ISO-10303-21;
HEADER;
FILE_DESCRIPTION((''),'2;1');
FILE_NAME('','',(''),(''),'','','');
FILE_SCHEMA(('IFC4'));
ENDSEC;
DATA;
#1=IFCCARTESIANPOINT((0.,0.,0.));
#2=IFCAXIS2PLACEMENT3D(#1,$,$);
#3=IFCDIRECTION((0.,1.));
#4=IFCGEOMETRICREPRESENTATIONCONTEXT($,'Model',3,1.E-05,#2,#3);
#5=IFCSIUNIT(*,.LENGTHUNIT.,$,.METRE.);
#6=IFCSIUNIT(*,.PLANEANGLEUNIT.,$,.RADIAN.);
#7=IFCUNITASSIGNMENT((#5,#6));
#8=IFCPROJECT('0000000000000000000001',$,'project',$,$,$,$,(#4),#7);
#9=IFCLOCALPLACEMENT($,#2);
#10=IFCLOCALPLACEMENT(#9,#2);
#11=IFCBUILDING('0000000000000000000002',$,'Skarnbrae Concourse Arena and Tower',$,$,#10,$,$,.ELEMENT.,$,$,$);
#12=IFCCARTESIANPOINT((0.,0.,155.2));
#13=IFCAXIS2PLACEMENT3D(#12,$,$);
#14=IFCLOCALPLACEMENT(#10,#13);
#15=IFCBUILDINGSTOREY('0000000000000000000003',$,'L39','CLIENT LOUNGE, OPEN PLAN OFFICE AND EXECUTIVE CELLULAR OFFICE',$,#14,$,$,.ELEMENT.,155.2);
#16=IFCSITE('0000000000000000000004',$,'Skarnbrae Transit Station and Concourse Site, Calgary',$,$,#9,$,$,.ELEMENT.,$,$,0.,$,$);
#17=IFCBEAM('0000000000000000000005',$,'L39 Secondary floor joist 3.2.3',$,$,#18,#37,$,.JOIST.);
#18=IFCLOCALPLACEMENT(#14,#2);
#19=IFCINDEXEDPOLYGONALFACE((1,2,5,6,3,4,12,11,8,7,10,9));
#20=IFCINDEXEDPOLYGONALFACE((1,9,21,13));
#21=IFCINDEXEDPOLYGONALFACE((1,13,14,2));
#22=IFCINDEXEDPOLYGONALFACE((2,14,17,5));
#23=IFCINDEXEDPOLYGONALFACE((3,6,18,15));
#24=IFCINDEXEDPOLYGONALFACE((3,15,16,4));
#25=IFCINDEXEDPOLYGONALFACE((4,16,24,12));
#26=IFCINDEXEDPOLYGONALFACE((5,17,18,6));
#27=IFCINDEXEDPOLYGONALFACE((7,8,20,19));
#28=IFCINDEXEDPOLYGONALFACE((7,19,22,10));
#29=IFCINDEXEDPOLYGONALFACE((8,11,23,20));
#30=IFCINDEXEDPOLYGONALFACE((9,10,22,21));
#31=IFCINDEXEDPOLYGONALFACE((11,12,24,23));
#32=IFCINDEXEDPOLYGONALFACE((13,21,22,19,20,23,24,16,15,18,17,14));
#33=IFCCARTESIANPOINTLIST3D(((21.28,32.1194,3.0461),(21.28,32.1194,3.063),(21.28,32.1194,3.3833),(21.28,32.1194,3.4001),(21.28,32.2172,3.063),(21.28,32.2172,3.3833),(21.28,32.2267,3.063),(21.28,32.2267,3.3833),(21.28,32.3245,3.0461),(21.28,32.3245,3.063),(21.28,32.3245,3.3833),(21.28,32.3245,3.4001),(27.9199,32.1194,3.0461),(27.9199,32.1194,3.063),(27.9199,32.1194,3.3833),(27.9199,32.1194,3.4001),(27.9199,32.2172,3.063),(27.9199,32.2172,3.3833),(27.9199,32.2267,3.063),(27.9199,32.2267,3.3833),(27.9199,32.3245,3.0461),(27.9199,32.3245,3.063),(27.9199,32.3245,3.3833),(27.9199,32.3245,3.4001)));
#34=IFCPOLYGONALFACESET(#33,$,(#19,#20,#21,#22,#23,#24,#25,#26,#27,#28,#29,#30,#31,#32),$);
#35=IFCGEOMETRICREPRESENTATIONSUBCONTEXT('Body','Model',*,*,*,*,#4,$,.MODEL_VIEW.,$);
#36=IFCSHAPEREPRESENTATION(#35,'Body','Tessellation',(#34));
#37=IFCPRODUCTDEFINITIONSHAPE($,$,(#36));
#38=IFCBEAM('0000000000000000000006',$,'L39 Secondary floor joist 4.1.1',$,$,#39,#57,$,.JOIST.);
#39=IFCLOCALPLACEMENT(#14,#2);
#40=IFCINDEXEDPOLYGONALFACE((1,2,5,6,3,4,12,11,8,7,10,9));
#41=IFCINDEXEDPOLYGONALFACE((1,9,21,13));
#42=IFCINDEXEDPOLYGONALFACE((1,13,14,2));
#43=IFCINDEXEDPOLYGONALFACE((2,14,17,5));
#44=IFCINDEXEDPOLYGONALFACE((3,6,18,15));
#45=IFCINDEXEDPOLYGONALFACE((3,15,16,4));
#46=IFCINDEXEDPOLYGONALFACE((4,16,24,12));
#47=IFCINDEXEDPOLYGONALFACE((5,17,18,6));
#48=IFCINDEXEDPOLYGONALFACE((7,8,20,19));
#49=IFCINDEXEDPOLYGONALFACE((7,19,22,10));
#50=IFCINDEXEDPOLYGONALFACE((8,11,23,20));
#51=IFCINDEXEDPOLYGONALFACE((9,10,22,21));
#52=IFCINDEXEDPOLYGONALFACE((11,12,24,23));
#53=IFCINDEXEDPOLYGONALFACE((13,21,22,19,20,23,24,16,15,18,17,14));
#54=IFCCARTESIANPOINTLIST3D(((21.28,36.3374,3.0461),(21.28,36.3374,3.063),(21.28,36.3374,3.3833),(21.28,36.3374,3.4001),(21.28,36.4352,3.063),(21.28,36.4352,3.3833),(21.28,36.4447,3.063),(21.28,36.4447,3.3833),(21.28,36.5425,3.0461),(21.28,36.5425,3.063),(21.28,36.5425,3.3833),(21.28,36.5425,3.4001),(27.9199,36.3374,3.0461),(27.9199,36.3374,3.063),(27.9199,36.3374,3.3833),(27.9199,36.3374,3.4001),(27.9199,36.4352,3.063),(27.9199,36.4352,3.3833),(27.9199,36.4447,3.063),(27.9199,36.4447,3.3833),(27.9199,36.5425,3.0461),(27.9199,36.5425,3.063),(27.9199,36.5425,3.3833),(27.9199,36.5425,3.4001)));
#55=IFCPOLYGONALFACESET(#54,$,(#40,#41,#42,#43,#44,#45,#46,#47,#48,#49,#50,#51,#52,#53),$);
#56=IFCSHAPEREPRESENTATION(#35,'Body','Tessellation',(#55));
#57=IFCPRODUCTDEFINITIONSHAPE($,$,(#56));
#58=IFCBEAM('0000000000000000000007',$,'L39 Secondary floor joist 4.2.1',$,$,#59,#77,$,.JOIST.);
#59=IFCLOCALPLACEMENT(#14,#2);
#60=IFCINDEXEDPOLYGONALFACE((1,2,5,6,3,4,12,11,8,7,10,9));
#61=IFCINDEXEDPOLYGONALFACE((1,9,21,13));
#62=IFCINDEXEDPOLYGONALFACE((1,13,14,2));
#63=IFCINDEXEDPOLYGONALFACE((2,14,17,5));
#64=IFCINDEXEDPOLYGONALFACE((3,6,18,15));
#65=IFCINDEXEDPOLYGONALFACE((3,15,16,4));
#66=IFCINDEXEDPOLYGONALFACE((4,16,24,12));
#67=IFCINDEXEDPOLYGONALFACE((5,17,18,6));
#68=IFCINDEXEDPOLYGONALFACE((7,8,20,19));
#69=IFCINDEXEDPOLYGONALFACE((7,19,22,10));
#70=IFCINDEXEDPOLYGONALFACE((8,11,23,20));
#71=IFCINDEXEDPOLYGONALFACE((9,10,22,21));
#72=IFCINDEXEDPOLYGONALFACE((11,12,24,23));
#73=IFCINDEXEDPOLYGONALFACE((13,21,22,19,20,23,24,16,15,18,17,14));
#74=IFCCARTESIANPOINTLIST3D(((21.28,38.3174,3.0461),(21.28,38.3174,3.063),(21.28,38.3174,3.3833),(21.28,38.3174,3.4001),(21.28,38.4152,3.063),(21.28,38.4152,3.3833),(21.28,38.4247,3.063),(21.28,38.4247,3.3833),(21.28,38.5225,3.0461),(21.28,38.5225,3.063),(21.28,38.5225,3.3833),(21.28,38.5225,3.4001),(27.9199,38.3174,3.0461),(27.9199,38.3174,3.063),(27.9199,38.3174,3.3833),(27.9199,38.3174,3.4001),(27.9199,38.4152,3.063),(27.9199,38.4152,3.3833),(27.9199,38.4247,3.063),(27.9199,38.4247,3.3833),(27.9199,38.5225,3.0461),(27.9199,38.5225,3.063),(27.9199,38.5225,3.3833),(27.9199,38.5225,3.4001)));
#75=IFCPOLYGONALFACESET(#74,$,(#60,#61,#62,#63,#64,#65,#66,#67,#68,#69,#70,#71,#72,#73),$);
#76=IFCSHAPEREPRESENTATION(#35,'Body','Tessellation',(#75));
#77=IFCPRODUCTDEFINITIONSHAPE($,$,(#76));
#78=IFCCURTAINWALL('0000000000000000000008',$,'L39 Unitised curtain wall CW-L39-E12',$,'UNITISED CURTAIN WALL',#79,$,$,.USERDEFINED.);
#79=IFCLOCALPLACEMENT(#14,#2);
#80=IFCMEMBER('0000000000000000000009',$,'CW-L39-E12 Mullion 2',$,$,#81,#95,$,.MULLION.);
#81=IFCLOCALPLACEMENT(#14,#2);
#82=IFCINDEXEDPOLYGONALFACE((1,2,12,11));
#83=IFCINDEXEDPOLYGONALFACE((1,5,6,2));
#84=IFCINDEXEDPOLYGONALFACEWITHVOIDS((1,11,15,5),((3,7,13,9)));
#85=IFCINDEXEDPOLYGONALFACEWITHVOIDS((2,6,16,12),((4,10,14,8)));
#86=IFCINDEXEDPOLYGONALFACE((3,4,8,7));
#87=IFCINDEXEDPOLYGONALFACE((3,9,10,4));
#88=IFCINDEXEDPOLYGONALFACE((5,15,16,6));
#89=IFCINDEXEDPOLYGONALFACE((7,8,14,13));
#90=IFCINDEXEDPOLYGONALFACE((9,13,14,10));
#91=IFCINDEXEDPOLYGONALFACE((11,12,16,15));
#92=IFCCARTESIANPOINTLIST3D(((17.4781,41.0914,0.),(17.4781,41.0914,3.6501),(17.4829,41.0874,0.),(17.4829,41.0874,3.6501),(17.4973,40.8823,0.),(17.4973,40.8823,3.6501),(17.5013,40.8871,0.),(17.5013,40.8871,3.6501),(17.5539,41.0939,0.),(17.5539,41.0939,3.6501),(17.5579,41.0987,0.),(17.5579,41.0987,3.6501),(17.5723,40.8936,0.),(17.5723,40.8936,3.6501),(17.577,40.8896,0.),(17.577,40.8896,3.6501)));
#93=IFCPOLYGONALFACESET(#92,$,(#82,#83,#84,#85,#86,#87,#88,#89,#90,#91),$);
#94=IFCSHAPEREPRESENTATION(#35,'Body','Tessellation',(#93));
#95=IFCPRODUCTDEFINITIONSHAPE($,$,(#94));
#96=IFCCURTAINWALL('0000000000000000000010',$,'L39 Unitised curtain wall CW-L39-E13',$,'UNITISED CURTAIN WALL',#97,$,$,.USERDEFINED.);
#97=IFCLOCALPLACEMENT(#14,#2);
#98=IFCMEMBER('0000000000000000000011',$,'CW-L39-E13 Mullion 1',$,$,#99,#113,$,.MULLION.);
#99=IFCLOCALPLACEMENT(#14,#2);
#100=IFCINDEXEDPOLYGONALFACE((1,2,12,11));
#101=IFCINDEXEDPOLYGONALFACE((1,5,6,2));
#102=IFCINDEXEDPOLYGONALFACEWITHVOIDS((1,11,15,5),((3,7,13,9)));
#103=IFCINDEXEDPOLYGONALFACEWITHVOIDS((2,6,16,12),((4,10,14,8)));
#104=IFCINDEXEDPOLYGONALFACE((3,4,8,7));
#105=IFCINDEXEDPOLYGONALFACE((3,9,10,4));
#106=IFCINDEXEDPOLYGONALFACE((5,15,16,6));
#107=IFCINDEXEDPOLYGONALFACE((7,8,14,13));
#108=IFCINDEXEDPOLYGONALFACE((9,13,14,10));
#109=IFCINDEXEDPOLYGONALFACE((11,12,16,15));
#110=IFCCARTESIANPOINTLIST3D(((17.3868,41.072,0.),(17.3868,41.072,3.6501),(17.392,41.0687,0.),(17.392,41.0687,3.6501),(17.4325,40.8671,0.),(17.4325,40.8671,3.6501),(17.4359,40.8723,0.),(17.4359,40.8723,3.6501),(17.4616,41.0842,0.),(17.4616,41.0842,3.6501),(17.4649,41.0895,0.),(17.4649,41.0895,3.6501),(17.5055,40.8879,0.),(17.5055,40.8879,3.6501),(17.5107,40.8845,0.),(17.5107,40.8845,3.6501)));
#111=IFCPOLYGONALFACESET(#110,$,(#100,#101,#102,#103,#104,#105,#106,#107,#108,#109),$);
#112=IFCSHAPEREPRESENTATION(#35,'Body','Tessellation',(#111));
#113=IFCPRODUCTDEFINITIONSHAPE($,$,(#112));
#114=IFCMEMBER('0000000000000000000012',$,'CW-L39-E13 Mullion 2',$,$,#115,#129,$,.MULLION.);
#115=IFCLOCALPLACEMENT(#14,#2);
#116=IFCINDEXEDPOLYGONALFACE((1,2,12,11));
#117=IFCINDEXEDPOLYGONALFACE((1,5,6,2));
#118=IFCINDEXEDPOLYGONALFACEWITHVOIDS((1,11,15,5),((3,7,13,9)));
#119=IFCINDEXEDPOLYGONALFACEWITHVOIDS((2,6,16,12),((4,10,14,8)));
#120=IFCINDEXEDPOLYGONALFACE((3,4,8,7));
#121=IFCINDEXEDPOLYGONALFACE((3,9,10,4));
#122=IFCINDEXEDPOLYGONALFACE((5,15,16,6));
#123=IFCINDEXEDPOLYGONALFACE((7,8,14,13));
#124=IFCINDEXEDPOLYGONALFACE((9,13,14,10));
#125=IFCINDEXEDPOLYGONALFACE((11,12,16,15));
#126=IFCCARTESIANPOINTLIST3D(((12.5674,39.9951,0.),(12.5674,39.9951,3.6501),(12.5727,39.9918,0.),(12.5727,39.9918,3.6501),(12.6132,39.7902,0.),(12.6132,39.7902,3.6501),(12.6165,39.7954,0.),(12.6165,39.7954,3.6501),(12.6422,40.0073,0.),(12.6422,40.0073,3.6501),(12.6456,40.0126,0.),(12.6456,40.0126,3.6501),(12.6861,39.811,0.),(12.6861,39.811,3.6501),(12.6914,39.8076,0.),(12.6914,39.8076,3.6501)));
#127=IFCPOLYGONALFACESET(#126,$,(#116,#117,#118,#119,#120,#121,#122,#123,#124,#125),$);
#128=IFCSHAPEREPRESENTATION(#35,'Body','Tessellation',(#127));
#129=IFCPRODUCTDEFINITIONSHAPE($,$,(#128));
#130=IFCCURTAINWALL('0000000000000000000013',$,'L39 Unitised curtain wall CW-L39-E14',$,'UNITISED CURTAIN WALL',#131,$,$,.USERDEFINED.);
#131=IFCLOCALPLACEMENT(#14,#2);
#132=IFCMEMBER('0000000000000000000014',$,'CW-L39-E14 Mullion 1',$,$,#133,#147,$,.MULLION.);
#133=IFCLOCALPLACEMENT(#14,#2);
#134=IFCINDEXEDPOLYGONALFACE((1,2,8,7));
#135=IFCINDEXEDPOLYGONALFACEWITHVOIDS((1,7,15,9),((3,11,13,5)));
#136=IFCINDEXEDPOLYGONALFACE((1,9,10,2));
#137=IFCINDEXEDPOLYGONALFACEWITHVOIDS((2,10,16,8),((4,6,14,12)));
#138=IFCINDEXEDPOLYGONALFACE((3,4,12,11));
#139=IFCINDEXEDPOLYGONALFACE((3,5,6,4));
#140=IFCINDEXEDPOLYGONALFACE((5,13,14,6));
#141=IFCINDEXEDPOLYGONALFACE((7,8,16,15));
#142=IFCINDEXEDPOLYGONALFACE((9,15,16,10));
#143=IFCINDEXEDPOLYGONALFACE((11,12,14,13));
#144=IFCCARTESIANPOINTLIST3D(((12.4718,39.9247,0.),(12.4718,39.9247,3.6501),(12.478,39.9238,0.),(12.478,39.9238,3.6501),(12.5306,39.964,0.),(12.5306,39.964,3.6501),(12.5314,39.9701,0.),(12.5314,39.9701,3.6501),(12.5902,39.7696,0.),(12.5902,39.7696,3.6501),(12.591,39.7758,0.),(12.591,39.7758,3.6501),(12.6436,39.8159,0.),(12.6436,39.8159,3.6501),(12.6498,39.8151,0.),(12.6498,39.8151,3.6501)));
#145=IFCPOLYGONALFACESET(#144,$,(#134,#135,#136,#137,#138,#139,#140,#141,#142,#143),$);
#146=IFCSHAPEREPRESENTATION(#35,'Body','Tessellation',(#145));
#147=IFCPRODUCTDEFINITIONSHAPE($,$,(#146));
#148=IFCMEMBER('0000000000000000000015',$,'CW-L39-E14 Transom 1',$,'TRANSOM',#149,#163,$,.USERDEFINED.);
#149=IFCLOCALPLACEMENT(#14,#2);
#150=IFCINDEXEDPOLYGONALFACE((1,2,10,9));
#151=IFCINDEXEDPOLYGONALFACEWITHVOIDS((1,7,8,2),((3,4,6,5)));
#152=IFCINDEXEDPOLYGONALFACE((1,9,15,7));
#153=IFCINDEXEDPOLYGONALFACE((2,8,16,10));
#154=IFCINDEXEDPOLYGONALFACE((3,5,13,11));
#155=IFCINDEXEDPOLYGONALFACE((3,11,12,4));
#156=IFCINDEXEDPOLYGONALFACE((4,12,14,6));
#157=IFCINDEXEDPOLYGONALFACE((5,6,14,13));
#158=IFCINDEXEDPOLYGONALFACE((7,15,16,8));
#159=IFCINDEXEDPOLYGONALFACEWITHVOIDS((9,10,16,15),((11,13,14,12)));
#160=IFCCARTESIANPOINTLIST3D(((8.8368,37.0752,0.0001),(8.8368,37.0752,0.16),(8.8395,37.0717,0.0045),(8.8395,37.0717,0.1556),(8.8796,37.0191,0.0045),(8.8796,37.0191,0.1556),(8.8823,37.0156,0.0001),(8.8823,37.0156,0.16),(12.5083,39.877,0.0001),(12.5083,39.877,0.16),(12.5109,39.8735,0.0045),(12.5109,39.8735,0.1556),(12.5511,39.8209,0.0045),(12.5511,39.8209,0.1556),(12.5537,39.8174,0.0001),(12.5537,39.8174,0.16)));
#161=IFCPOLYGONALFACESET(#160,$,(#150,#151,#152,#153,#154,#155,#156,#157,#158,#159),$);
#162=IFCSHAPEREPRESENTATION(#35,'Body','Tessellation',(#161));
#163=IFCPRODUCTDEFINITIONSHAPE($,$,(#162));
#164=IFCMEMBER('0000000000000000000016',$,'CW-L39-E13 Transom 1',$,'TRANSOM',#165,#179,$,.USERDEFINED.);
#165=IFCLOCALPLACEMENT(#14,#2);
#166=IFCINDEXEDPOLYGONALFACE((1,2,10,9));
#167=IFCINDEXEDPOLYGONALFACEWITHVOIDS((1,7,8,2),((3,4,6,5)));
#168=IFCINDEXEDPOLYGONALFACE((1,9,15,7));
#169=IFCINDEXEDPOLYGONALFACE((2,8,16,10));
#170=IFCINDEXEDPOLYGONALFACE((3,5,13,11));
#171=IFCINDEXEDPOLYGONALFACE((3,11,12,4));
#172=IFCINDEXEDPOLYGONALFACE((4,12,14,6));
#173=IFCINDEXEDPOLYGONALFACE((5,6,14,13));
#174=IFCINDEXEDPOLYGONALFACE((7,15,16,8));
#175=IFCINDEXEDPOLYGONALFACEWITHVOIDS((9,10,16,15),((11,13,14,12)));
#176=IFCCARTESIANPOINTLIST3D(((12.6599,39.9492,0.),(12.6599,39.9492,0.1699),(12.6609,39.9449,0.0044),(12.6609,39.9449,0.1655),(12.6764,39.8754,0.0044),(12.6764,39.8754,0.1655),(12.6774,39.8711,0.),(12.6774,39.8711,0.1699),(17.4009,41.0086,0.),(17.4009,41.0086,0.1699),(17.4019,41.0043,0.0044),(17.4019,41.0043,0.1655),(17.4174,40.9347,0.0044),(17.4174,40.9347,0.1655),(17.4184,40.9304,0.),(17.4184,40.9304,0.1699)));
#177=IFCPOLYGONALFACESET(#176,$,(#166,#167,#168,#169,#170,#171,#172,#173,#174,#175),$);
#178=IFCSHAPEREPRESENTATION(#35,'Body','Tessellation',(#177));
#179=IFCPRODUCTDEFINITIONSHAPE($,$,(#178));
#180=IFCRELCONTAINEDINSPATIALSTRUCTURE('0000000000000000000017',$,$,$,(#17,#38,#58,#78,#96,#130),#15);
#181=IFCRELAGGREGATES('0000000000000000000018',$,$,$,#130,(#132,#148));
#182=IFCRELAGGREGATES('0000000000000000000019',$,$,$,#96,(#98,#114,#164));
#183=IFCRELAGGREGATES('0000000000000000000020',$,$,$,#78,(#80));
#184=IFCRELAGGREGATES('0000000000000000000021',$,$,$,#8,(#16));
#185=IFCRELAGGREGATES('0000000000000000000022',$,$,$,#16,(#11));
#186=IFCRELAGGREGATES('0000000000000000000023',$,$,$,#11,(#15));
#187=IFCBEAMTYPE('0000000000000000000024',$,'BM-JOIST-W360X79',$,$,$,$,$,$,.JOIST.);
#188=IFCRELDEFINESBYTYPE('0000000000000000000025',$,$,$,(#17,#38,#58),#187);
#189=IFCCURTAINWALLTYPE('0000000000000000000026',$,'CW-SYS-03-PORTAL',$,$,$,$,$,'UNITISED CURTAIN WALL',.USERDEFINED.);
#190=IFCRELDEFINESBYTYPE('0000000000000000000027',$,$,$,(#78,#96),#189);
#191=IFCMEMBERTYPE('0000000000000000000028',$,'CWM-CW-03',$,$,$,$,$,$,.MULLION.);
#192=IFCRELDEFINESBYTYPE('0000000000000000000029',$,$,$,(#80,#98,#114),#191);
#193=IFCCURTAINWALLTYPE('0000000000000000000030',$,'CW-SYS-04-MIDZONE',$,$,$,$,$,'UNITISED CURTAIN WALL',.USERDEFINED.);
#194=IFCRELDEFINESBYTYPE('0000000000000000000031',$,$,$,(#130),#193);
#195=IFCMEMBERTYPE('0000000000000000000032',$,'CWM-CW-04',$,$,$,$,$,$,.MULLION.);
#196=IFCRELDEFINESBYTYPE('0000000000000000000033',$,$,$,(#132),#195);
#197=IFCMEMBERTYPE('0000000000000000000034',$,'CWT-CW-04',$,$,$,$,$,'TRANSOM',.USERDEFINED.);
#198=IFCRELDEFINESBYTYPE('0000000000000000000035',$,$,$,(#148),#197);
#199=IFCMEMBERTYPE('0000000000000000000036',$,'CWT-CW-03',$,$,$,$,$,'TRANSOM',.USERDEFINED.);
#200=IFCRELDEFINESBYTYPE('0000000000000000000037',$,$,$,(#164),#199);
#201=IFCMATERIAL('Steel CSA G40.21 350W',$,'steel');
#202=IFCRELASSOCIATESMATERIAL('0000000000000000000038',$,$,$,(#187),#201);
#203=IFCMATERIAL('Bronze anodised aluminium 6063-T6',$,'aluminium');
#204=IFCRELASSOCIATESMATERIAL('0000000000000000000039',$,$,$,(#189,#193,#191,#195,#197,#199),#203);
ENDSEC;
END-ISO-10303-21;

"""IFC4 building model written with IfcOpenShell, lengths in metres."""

from ifc_helpers import new_model, si_unit, direction, frame, origin, origin_2d, place, context, subcontext, project, spatial, hollow_rectangle, i_section, extrude, source, transform, mapped, material, material_profile, profile_set, type_object, element, aggregate, save


model = new_model("IFC4")

# Units and contexts
model_context = context("Model", 3, precision=1e-05, world=origin(), true_north=direction((0.0, 1.0)))
body_context = subcontext(model_context, "Body", "Model", "MODEL_VIEW")
ifc_project = project(units=[si_unit("LENGTHUNIT", "METRE"), si_unit("PLANEANGLEUNIT", "RADIAN")], contexts=[model_context])

# Site, building, storey
site_placement = place(None, origin())
site = spatial("IfcSite", under=ifc_project, at=site_placement, Name="Skarnbrae Transit Station and Concourse Site, Calgary", CompositionType="ELEMENT", RefElevation=0.0)
building_placement = place(site_placement, origin())
building = spatial("IfcBuilding", under=site, at=building_placement, Name="Skarnbrae Concourse Arena and Tower", CompositionType="ELEMENT")
storey_placement = place(building_placement, frame((0.0, 0.0, 155.2)))
storey = spatial("IfcBuildingStorey", under=building, at=storey_placement, Name="L39", Description="CLIENT LOUNGE, OPEN PLAN OFFICE AND EXECUTIVE CELLULAR OFFICE", CompositionType="ELEMENT", Elevation=155.2)

# Shared definitions
ifc_material_1 = material(Name="Steel CSA G40.21 350W", Category="steel")

# Beams
ifc_material_profile_1 = material_profile(ifc_material_1, i_section(OverallWidth=0.2051, OverallDepth=0.354, WebThickness=0.0095, FlangeThickness=0.0168, at=origin_2d()), Name="W360X79")
ifc_profile_set_1 = profile_set([ifc_material_profile_1], Name="Steel CSA G40.21 350W")
beam_type_1 = type_object("IfcBeamType", Name="BM-JOIST-W360X79", PredefinedType="JOIST", material=ifc_profile_set_1)
shared_shape_1 = source(origin(), body_context, "Body", "SweptSolid", [
    extrude(i_section(OverallWidth=0.2051, OverallDepth=0.354, WebThickness=0.0095, FlangeThickness=0.0168, at=origin_2d()), origin(), (0.0, 0.0, 1.0), 6.6399),
])
for number, where, z_axis, x_axis, name in (
    (1, (21.28, 32.2219, 3.2231), (1.0, 0.0, 0.0), (0.0, 1.0, 0.0), "L39 Secondary floor joist 3.2.3"),
    (2, (21.28, 36.4399, 3.2231), (1.0, 0.0, 0.0), (0.0, 1.0, 0.0), "L39 Secondary floor joist 4.1.1"),
    (3, (21.28, 38.4199, 3.2231), (1.0, 0.0, 0.0), (0.0, 1.0, 0.0), "L39 Secondary floor joist 4.2.1"),
):
    element("IfcBeam", number, at=place(storey_placement, frame(where, z_axis=z_axis, x_axis=x_axis)), inside=storey, type_object=beam_type_1, Name=name, PredefinedType="JOIST", context=body_context, shape_type="MappedRepresentation", body=[
        mapped(shared_shape_1, transform((0.0, 0.0, 0.0))),
    ])

# Curtain wall, member
ifc_material_2 = material(Name="Bronze anodised aluminium 6063-T6", Category="aluminium")
curtain_wall_type_1 = type_object("IfcCurtainWallType", Name="CW-SYS-03-PORTAL", ElementType="UNITISED CURTAIN WALL", PredefinedType="USERDEFINED", material=ifc_material_2)
curtain_wall_1_placement = place(storey_placement, origin())
curtain_wall_1 = element("IfcCurtainWall", 4, at=curtain_wall_1_placement, inside=storey, type_object=curtain_wall_type_1, Name="L39 Unitised curtain wall CW-L39-E12", ObjectType="UNITISED CURTAIN WALL", PredefinedType="USERDEFINED")
ifc_material_profile_2 = material_profile(ifc_material_2, hollow_rectangle(XDim=0.0801, YDim=0.21, WallThickness=0.0044, at=origin_2d()), Name="ALU-MULL-80X210")
ifc_profile_set_2 = profile_set([ifc_material_profile_2], Name="Bronze anodised aluminium 6063-T6")
member_type_1 = type_object("IfcMemberType", Name="CWM-CW-03", PredefinedType="MULLION", material=ifc_profile_set_2)
shared_shape_2 = source(origin(), body_context, "Body", "SweptSolid", [
    extrude(hollow_rectangle(XDim=0.0801, YDim=0.21, WallThickness=0.0044, at=origin_2d()), origin(), (0.0, 0.0, 1.0), 3.6501),
])
member_1_placement = place(storey_placement, frame((17.5276, 40.9905, 0.0), z_axis=(0.0, 0.0, 1.0), x_axis=(-0.99582, -0.091338, 0.0)))
member_1 = element("IfcMember", 5, at=member_1_placement, type_object=member_type_1, Name="CW-L39-E12 Mullion 2", PredefinedType="MULLION", context=body_context, shape_type="MappedRepresentation", body=[
    mapped(shared_shape_2, transform((0.0, 0.0, 0.0))),
])

# Curtain walls, members
curtain_wall_2_placement = place(storey_placement, origin())
curtain_wall_2 = element("IfcCurtainWall", 6, at=curtain_wall_2_placement, inside=storey, type_object=curtain_wall_type_1, Name="L39 Unitised curtain wall CW-L39-E13", ObjectType="UNITISED CURTAIN WALL", PredefinedType="USERDEFINED")
member_2_placement = place(storey_placement, frame((17.4487, 40.9783, 0.0), z_axis=(0.0, 0.0, 1.0), x_axis=(-0.975936, -0.218056, 0.0)))
member_2 = element("IfcMember", 7, at=member_2_placement, type_object=member_type_1, Name="CW-L39-E13 Mullion 1", PredefinedType="MULLION", context=body_context, shape_type="MappedRepresentation", body=[
    mapped(shared_shape_2, transform((0.0, 0.0, 0.0))),
])
member_3_placement = place(storey_placement, frame((12.6294, 39.9014, 0.0), z_axis=(0.0, 0.0, 1.0), x_axis=(-0.975936, -0.218056, 0.0)))
member_3 = element("IfcMember", 8, at=member_3_placement, type_object=member_type_1, Name="CW-L39-E13 Mullion 2", PredefinedType="MULLION", context=body_context, shape_type="MappedRepresentation", body=[
    mapped(shared_shape_2, transform((0.0, 0.0, 0.0))),
])
curtain_wall_type_2 = type_object("IfcCurtainWallType", Name="CW-SYS-04-MIDZONE", ElementType="UNITISED CURTAIN WALL", PredefinedType="USERDEFINED", material=ifc_material_2)
curtain_wall_3_placement = place(storey_placement, origin())
curtain_wall_3 = element("IfcCurtainWall", 9, at=curtain_wall_3_placement, inside=storey, type_object=curtain_wall_type_2, Name="L39 Unitised curtain wall CW-L39-E14", ObjectType="UNITISED CURTAIN WALL", PredefinedType="USERDEFINED")
ifc_material_profile_3 = material_profile(ifc_material_2, hollow_rectangle(XDim=0.075, YDim=0.1951, WallThickness=0.0044, at=origin_2d()), Name="ALU-MULL-75X195")
ifc_profile_set_3 = profile_set([ifc_material_profile_3], Name="Bronze anodised aluminium 6063-T6")
member_type_2 = type_object("IfcMemberType", Name="CWM-CW-04", PredefinedType="MULLION", material=ifc_profile_set_3)
shared_shape_3 = source(origin(), body_context, "Body", "SweptSolid", [
    extrude(hollow_rectangle(XDim=0.075, YDim=0.1951, WallThickness=0.0044, at=origin_2d()), origin(), (0.0, 0.0, 1.0), 3.6501),
])
member_4_placement = place(storey_placement, frame((12.5608, 39.8699, 0.0), z_axis=(0.0, 0.0, 1.0), x_axis=(-0.794956, -0.606667, 0.0)))
member_4 = element("IfcMember", 10, at=member_4_placement, type_object=member_type_2, Name="CW-L39-E14 Mullion 1", PredefinedType="MULLION", context=body_context, shape_type="MappedRepresentation", body=[
    mapped(shared_shape_3, transform((0.0, 0.0, 0.0))),
])
ifc_material_profile_4 = material_profile(ifc_material_2, hollow_rectangle(XDim=0.075, YDim=0.1599, WallThickness=0.0044, at=origin_2d()), Name="ALU-TRAN-75X160")
ifc_profile_set_4 = profile_set([ifc_material_profile_4], Name="Bronze anodised aluminium 6063-T6")
member_type_3 = type_object("IfcMemberType", Name="CWT-CW-04", ElementType="TRANSOM", PredefinedType="USERDEFINED", material=ifc_profile_set_4)
shared_shape_4 = source(origin(), body_context, "Body", "SweptSolid", [
    extrude(hollow_rectangle(XDim=0.075, YDim=0.1599, WallThickness=0.0044, at=origin_2d()), origin(), (0.0, 0.0, 1.0), 4.6184),
])
member_5_placement = place(storey_placement, frame((12.531, 39.8472, 0.0801), z_axis=(-0.794961, -0.606661, 0.0), x_axis=(0.606661, -0.794961, 0.0)))
member_5 = element("IfcMember", 11, at=member_5_placement, type_object=member_type_3, Name="CW-L39-E14 Transom 1", ObjectType="TRANSOM", PredefinedType="USERDEFINED", context=body_context, shape_type="MappedRepresentation", body=[
    mapped(shared_shape_4, transform((0.0, 0.0, 0.0))),
])
aggregate(curtain_wall_3, [member_4, member_5])

# Member
ifc_material_profile_5 = material_profile(ifc_material_2, hollow_rectangle(XDim=0.0801, YDim=0.1699, WallThickness=0.0044, at=origin_2d()), Name="ALU-TRAN-80X170")
ifc_profile_set_5 = profile_set([ifc_material_profile_5], Name="Bronze anodised aluminium 6063-T6")
member_type_4 = type_object("IfcMemberType", Name="CWT-CW-03", ElementType="TRANSOM", PredefinedType="USERDEFINED", material=ifc_profile_set_5)
shared_shape_5 = source(origin(), body_context, "Body", "SweptSolid", [
    extrude(hollow_rectangle(XDim=0.0801, YDim=0.1699, WallThickness=0.0044, at=origin_2d()), origin(), (0.0, 0.0, 1.0), 4.8579),
])
member_6_placement = place(storey_placement, frame((17.4097, 40.9695, 0.085), z_axis=(-0.975935, -0.218064, 0.0), x_axis=(0.218064, -0.975935, 0.0)))
member_6 = element("IfcMember", 12, at=member_6_placement, type_object=member_type_4, Name="CW-L39-E13 Transom 1", ObjectType="TRANSOM", PredefinedType="USERDEFINED", context=body_context, shape_type="MappedRepresentation", body=[
    mapped(shared_shape_5, transform((0.0, 0.0, 0.0))),
])

aggregate(curtain_wall_2, [member_2, member_3, member_6])
aggregate(curtain_wall_1, [member_1])

save(model, "model.ifc")
